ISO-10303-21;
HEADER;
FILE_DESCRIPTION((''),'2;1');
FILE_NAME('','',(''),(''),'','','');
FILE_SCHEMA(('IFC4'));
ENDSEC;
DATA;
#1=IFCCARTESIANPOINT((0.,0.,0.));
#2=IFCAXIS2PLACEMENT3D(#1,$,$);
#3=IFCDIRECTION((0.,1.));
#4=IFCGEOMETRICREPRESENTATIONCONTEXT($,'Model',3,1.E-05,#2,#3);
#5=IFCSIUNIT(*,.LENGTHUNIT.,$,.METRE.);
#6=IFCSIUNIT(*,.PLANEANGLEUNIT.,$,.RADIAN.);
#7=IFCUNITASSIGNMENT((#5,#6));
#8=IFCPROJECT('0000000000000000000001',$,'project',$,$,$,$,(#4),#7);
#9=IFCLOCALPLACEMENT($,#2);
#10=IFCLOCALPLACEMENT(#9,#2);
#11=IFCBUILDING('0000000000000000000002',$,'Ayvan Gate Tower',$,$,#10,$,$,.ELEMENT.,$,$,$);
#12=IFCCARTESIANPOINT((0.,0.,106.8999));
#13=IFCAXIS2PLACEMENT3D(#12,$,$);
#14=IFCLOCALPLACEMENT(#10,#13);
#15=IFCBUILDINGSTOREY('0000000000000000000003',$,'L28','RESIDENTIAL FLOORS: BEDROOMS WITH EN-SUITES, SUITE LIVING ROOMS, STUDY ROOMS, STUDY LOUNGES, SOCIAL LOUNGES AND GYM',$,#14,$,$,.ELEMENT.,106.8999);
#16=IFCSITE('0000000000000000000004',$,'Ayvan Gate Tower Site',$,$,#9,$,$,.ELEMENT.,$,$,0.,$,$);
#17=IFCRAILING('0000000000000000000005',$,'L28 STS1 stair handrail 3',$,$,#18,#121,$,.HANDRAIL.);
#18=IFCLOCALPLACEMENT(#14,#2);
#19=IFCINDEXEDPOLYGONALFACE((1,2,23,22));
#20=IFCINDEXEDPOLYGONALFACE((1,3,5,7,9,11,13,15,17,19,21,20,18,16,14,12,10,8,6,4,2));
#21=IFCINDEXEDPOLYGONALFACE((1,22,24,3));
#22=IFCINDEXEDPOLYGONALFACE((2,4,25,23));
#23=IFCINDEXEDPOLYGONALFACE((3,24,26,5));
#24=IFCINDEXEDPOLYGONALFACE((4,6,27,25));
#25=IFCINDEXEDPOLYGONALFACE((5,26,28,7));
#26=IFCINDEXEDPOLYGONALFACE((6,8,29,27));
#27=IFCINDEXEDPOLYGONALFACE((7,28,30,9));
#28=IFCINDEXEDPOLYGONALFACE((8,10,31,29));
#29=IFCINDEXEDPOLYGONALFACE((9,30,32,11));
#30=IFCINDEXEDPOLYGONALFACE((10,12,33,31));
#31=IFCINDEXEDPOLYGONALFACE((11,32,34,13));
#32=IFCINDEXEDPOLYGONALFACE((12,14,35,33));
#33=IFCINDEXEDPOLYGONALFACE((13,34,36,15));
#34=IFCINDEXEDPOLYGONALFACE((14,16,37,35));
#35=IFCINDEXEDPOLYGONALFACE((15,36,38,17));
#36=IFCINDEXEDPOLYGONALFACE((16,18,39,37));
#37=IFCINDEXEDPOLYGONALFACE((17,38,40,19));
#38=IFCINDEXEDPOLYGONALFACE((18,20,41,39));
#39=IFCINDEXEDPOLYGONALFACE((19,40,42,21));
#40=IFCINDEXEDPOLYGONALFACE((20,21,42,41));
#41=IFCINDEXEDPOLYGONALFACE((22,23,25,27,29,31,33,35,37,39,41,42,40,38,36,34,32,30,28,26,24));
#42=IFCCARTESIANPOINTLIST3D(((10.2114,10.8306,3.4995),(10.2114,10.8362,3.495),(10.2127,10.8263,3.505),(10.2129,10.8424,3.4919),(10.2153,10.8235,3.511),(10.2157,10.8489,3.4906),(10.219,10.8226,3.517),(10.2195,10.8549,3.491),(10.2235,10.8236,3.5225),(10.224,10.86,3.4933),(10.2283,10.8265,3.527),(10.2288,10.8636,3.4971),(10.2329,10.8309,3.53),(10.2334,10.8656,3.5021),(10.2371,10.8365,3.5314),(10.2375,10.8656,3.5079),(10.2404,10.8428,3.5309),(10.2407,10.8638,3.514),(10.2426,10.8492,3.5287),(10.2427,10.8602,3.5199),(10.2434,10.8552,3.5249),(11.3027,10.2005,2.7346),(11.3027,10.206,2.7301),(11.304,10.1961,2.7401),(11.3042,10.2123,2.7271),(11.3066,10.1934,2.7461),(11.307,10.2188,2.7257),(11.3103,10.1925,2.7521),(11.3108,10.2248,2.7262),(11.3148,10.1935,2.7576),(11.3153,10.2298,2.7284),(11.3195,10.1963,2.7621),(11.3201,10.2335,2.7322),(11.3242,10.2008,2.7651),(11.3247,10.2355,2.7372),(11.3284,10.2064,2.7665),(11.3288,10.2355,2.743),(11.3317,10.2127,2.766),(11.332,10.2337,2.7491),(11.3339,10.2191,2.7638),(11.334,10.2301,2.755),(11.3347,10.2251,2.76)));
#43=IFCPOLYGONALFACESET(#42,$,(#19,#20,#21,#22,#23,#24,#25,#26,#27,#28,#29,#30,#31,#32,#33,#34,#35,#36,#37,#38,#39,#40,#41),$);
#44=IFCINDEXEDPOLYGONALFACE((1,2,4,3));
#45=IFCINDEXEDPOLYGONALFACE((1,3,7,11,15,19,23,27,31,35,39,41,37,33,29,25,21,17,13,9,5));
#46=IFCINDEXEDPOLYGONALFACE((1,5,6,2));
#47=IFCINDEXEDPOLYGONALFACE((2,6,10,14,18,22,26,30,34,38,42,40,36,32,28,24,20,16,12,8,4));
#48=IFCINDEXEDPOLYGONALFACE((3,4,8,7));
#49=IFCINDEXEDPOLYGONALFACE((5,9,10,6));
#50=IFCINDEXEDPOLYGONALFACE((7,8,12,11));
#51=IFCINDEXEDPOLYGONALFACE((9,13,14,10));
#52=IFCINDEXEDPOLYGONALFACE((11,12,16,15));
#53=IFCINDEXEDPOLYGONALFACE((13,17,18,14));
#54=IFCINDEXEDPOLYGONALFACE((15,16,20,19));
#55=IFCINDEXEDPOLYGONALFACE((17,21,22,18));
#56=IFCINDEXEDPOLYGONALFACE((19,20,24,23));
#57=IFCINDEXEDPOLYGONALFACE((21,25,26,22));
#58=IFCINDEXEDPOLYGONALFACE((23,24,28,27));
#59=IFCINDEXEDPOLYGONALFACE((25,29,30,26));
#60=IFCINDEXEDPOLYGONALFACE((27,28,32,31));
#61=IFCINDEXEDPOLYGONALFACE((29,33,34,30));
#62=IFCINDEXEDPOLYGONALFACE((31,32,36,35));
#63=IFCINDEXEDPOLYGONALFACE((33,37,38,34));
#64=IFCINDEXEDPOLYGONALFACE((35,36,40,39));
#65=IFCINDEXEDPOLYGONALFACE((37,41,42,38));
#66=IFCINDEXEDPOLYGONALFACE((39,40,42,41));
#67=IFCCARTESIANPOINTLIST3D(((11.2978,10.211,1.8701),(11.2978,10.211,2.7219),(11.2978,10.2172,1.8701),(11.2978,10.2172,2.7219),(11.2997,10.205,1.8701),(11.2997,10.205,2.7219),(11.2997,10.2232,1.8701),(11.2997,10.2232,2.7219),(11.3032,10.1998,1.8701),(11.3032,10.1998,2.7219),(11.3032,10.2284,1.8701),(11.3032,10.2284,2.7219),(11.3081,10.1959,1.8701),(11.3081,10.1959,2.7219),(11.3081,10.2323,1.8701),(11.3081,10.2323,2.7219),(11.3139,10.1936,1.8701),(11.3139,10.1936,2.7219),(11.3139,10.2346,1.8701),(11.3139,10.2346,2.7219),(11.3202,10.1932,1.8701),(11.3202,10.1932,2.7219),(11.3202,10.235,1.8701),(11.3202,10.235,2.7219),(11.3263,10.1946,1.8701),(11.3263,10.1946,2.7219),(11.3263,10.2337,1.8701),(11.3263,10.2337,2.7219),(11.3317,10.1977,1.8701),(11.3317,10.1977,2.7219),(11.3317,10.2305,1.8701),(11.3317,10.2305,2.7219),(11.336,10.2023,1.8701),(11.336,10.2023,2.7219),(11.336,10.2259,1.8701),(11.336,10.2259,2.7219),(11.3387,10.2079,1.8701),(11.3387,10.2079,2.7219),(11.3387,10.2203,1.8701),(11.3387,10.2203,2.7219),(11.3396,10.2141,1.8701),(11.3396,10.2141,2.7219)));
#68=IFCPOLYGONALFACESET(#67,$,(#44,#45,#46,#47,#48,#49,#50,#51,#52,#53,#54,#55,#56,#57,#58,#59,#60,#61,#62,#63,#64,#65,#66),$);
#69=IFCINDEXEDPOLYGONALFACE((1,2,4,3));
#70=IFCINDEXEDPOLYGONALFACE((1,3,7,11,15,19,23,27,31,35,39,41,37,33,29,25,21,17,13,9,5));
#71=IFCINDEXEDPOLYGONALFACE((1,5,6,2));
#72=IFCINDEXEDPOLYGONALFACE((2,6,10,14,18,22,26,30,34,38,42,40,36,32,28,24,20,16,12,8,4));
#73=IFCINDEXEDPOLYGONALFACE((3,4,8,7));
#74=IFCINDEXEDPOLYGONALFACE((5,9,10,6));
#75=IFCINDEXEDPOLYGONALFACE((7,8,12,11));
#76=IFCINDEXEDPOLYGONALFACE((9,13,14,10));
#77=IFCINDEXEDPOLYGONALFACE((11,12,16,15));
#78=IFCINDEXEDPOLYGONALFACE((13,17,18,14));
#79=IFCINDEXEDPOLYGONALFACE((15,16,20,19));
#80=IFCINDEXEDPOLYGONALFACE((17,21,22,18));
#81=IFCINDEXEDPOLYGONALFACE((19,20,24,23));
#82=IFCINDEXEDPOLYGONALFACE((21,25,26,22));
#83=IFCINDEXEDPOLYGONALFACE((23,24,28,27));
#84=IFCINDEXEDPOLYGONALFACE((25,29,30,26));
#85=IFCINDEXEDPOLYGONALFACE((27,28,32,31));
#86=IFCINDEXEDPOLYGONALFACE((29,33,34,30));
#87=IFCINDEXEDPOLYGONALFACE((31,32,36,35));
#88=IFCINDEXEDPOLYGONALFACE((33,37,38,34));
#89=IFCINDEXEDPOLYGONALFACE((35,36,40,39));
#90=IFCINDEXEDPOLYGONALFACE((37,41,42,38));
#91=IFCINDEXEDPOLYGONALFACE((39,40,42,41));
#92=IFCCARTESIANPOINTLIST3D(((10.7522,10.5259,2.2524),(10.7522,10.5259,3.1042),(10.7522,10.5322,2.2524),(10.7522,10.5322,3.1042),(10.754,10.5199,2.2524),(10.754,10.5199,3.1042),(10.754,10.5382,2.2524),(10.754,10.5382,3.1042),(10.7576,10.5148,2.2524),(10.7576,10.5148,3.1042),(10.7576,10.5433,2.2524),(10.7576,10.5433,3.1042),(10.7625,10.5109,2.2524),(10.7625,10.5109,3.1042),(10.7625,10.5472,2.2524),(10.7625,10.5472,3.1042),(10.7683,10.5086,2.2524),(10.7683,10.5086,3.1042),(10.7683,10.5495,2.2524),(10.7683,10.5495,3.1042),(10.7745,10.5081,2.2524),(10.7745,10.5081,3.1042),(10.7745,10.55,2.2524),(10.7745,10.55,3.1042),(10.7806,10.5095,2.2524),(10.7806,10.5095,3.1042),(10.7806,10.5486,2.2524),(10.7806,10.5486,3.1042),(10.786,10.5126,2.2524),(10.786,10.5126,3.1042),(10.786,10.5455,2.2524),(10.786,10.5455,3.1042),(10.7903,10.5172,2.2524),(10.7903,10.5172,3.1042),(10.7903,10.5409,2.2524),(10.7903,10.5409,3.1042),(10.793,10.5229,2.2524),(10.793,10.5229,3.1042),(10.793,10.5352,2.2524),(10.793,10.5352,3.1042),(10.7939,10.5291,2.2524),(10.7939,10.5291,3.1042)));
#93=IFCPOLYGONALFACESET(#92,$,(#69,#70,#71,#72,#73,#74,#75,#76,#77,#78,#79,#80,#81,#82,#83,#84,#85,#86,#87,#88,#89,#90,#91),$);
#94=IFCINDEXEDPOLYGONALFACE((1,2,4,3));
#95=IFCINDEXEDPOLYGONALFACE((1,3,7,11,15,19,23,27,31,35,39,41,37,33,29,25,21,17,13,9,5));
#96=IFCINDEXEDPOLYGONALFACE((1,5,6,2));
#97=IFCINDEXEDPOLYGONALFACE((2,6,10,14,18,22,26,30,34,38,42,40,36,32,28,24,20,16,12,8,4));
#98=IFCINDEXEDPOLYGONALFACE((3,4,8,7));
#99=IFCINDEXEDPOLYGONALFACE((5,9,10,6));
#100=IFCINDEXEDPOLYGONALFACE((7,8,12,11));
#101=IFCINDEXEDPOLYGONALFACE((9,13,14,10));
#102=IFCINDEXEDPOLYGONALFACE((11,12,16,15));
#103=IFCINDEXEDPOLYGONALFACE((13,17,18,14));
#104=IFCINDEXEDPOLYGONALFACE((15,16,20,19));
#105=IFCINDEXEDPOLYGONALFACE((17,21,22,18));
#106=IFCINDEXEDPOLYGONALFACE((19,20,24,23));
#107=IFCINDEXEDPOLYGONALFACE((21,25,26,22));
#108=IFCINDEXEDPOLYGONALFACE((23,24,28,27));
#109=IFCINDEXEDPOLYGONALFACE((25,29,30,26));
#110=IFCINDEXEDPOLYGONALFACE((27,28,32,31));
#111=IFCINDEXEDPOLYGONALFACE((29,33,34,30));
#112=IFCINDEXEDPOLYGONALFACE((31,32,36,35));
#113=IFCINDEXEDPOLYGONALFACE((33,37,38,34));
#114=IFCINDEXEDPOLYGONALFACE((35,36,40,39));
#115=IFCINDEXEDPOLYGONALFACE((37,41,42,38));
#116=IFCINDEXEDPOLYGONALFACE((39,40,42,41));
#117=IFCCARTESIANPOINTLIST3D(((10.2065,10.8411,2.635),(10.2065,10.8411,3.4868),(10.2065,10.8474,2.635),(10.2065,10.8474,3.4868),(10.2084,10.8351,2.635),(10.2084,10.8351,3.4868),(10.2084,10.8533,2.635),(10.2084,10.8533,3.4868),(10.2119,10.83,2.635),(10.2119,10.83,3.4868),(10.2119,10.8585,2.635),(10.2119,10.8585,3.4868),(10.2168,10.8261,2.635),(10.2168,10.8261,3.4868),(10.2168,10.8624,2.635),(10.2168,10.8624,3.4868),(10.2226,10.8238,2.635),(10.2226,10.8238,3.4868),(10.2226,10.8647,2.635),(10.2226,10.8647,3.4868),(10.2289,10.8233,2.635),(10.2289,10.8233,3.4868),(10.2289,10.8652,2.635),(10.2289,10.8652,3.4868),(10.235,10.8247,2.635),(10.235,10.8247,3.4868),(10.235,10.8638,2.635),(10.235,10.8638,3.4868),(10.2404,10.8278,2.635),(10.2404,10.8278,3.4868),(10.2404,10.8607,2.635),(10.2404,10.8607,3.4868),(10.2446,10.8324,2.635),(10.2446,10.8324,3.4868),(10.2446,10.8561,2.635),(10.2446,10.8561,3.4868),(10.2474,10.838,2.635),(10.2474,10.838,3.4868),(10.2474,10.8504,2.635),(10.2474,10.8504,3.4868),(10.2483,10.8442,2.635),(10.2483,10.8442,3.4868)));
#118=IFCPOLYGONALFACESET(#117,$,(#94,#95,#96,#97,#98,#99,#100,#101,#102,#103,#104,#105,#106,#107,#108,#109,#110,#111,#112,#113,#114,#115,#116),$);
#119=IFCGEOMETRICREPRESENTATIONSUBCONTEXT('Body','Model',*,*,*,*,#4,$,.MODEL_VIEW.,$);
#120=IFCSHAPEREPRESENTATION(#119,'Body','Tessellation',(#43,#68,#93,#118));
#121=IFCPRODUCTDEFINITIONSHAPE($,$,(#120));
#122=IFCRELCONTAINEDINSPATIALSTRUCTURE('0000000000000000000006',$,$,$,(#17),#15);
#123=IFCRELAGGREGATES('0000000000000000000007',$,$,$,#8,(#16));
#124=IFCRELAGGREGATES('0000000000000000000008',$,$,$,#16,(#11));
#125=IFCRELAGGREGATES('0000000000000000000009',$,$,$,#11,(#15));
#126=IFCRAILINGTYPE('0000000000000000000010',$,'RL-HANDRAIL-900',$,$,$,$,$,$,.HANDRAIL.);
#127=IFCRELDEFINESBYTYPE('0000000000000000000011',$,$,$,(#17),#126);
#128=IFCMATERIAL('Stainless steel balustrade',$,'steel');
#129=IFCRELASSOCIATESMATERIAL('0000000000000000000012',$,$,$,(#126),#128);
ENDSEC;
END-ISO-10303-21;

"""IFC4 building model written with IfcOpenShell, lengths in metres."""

from ifc_helpers import new_model, si_unit, direction, frame, origin, origin_2d, place, context, subcontext, project, spatial, circle, extrude, material, type_object, element, save


model = new_model("IFC4")

# Units and contexts
model_context = context("Model", 3, precision=1e-05, world=origin(), true_north=direction((0.0, 1.0)))
body_context = subcontext(model_context, "Body", "Model", "MODEL_VIEW")
ifc_project = project(units=[si_unit("LENGTHUNIT", "METRE"), si_unit("PLANEANGLEUNIT", "RADIAN")], contexts=[model_context])

# Site, building, storey
site_placement = place(None, origin())
site = spatial("IfcSite", under=ifc_project, at=site_placement, Name="Ayvan Gate Tower Site", CompositionType="ELEMENT", RefElevation=0.0)
building_placement = place(site_placement, origin())
building = spatial("IfcBuilding", under=site, at=building_placement, Name="Ayvan Gate Tower", CompositionType="ELEMENT")
storey_placement = place(building_placement, frame((0.0, 0.0, 106.8999)))
storey = spatial("IfcBuildingStorey", under=building, at=storey_placement, Name="L28", Description="RESIDENTIAL FLOORS: BEDROOMS WITH EN-SUITES, SUITE LIVING ROOMS, STUDY ROOMS, STUDY LOUNGES, SOCIAL LOUNGES AND GYM", CompositionType="ELEMENT", Elevation=106.8999)

# Railing
ifc_material_1 = material(Name="Stainless steel balustrade", Category="steel")
railing_type_1 = type_object("IfcRailingType", Name="RL-HANDRAIL-900", PredefinedType="HANDRAIL", material=ifc_material_1)
railing_1_placement = place(storey_placement, frame((11.3186, 10.2141, 1.8701)))
element("IfcRailing", 1, at=railing_1_placement, inside=storey, type_object=railing_type_1, Name="L28 STS1 stair handrail 3", PredefinedType="HANDRAIL", context=body_context, shape_type="SweptSolid", body=[
    extrude(circle(Radius=0.0239, at=origin_2d()), frame((0.0, 0.0, 0.876), z_axis=(-0.740304, 0.427455, 0.518875), x_axis=(-0.500035, -0.866005, 0.0)), (0.0, 0.0, 1.0), 1.4741),
    extrude(circle(Radius=0.021, at=origin_2d()), origin(), (0.0, 0.0, 1.0), 0.8518),
    extrude(circle(Radius=0.021, at=origin_2d()), frame((-0.5457, 0.3149, 0.3823)), (0.0, 0.0, 1.0), 0.8518),
    extrude(circle(Radius=0.021, at=origin_2d()), frame((-1.0913, 0.6301, 0.7649)), (0.0, 0.0, 1.0), 0.8518),
])

save(model, "model.ifc")
